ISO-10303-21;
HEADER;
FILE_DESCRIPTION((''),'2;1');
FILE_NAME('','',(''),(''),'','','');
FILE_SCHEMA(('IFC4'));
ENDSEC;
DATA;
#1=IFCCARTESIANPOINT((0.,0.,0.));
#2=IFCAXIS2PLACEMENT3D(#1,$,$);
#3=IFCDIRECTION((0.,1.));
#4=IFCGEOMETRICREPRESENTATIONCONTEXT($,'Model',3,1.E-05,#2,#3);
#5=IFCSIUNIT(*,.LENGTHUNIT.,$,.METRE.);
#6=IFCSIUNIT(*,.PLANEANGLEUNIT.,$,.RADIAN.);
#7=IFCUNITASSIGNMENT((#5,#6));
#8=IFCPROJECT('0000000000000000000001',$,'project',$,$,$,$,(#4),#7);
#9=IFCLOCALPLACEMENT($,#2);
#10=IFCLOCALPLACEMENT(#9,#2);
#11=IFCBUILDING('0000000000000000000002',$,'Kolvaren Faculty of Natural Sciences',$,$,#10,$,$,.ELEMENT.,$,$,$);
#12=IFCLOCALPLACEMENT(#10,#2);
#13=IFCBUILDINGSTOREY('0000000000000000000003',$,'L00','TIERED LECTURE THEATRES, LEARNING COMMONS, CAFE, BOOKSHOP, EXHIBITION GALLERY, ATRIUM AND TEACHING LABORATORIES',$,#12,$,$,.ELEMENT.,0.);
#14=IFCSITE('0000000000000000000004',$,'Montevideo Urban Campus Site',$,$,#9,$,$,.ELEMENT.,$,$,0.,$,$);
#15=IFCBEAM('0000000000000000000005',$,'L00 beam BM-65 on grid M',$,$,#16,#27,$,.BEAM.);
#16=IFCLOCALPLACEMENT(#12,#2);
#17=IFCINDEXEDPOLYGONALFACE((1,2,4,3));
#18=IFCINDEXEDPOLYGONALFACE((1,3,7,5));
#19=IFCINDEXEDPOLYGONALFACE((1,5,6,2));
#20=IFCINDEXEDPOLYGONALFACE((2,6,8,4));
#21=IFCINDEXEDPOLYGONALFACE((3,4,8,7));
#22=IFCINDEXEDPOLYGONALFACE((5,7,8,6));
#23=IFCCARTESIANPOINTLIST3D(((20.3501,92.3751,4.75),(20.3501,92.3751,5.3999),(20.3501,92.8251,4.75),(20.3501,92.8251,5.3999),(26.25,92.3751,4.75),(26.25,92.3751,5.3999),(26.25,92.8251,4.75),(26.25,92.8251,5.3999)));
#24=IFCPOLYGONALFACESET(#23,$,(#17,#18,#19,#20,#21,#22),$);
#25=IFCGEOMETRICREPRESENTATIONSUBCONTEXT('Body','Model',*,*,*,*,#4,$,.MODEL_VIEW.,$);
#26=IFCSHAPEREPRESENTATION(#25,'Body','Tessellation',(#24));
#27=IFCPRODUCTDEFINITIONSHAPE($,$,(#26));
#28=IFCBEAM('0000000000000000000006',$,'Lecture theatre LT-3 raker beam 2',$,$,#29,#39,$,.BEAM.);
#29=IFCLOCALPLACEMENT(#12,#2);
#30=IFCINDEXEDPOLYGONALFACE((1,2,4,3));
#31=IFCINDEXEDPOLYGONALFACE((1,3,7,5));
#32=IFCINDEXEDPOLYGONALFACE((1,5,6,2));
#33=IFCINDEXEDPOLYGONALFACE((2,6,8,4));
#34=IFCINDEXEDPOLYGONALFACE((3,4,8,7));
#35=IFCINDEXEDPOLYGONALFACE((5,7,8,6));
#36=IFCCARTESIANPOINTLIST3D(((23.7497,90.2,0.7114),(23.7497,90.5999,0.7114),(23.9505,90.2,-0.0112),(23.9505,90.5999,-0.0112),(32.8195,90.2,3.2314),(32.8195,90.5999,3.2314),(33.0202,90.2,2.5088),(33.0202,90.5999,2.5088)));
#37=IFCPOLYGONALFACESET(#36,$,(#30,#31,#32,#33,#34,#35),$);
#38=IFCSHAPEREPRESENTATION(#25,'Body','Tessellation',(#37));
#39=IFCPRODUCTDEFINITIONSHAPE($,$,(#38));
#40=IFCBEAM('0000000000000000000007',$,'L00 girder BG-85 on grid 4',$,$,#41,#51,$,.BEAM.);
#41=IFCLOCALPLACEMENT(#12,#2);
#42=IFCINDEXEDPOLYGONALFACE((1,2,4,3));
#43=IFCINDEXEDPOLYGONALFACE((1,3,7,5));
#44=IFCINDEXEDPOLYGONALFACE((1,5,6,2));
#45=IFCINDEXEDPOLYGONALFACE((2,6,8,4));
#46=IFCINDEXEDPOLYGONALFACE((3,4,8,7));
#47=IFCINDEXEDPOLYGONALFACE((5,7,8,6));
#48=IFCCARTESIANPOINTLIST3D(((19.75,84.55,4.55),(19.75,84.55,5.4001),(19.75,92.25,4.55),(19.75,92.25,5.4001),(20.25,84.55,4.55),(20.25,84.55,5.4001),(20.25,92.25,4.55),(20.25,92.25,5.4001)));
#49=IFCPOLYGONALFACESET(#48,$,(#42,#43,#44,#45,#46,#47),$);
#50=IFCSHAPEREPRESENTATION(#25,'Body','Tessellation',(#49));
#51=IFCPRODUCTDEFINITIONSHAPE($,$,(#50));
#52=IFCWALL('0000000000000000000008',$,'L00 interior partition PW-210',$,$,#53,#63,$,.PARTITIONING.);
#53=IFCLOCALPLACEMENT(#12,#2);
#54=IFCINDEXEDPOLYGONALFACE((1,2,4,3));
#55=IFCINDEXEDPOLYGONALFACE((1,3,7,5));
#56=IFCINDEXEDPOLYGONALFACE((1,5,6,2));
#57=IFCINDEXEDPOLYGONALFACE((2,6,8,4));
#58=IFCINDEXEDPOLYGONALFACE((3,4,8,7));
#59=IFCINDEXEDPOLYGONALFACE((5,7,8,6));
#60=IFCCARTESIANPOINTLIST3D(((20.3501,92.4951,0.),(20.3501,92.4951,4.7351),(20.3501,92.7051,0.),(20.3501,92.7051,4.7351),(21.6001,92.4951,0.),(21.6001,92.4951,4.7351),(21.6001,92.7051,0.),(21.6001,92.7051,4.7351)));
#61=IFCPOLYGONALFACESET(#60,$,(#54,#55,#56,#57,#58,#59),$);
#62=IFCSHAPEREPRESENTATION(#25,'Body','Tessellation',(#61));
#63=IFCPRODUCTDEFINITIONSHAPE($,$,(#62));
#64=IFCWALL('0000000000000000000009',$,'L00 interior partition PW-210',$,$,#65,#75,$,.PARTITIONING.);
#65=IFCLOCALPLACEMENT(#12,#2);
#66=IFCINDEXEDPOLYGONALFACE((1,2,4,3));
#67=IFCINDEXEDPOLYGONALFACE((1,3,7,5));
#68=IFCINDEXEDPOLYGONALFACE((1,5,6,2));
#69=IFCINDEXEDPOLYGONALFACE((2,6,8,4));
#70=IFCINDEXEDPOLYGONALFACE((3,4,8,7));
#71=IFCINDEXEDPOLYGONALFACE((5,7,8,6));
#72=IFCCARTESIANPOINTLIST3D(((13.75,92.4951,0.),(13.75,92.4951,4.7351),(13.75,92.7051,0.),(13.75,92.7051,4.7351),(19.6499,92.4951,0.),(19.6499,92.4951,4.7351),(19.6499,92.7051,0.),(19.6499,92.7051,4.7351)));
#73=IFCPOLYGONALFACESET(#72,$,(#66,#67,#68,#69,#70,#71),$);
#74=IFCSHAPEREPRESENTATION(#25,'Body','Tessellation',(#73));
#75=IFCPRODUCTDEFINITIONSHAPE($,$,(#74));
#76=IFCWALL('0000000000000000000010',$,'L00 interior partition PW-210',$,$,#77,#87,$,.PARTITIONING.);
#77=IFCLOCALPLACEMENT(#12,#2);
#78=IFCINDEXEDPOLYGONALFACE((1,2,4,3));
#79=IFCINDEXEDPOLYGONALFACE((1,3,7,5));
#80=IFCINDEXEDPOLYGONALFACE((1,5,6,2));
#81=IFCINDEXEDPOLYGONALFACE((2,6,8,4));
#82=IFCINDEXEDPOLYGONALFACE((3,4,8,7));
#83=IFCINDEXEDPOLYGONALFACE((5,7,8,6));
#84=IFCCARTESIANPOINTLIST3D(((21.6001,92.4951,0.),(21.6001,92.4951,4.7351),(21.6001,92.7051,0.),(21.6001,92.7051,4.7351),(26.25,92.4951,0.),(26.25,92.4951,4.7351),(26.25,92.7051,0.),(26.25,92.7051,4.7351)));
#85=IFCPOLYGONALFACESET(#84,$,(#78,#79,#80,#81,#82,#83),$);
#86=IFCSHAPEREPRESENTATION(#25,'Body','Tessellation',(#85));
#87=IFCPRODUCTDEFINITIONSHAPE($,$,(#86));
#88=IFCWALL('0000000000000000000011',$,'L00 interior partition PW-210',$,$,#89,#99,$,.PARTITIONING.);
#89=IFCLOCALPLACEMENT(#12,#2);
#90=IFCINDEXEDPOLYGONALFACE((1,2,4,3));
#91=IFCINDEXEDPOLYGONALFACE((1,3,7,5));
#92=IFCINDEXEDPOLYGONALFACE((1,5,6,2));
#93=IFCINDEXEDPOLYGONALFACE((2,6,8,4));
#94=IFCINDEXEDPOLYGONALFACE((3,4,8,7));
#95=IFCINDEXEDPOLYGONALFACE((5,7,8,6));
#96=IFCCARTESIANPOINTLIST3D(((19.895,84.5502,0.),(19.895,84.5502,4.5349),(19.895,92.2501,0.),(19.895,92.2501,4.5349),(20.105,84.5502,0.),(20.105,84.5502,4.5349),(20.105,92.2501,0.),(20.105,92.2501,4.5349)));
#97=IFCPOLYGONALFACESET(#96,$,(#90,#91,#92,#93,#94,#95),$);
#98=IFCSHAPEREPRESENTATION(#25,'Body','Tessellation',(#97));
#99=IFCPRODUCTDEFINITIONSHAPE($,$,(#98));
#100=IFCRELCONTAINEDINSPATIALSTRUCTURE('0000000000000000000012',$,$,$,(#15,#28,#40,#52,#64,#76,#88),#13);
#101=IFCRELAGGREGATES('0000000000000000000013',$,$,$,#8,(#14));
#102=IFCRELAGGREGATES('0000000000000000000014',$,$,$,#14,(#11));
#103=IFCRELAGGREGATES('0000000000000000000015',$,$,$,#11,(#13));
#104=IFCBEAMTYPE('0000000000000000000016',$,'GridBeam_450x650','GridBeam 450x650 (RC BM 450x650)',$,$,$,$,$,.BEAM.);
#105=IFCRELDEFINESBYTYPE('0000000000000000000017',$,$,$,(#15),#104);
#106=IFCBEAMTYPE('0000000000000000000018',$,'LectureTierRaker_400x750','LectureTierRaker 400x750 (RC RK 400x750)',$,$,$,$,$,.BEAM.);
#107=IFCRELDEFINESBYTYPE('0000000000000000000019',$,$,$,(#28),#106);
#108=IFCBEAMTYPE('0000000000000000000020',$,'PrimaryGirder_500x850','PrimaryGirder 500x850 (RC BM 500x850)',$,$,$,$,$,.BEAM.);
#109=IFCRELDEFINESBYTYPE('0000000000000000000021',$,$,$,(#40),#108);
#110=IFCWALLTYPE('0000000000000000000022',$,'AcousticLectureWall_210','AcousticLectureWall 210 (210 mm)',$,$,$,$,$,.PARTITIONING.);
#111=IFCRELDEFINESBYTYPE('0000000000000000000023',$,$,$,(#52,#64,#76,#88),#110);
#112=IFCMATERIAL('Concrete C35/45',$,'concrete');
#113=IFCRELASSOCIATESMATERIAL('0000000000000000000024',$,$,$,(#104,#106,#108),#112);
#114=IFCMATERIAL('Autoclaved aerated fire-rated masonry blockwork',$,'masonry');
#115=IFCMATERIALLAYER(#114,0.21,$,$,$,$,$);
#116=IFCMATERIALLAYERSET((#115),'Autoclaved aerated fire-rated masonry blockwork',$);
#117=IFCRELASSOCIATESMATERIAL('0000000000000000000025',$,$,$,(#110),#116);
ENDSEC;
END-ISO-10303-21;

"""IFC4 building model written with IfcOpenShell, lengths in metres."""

from ifc_helpers import new_model, si_unit, direction, frame, frame_2d, origin, origin_2d, place, context, subcontext, project, spatial, rectangle, extrude, material, layer, layer_set, material_profile, profile_set, type_object, element, save


model = new_model("IFC4")

# Units and contexts
model_context = context("Model", 3, precision=1e-05, world=origin(), true_north=direction((0.0, 1.0)))
body_context = subcontext(model_context, "Body", "Model", "MODEL_VIEW")
ifc_project = project(units=[si_unit("LENGTHUNIT", "METRE"), si_unit("PLANEANGLEUNIT", "RADIAN")], contexts=[model_context])

# Site, building, storey
site_placement = place(None, origin())
site = spatial("IfcSite", under=ifc_project, at=site_placement, Name="Montevideo Urban Campus Site", CompositionType="ELEMENT", RefElevation=0.0)
building_placement = place(site_placement, origin())
building = spatial("IfcBuilding", under=site, at=building_placement, Name="Kolvaren Faculty of Natural Sciences", CompositionType="ELEMENT")
storey_placement = place(building_placement, origin())
storey = spatial("IfcBuildingStorey", under=building, at=storey_placement, Name="L00", Description="TIERED LECTURE THEATRES, LEARNING COMMONS, CAFE, BOOKSHOP, EXHIBITION GALLERY, ATRIUM AND TEACHING LABORATORIES", CompositionType="ELEMENT", Elevation=0.0)

# Shared definitions
ifc_material_1 = material(Name="Concrete C35/45", Category="concrete")

# Beams
ifc_material_profile_1 = material_profile(ifc_material_1, rectangle(XDim=0.45, YDim=0.6499, at=origin_2d()), Name="RC BM 450x650")
ifc_profile_set_1 = profile_set([ifc_material_profile_1], Name="Concrete C35/45")
beam_type_1 = type_object("IfcBeamType", Name="GridBeam_450x650", Description="GridBeam 450x650 (RC BM 450x650)", PredefinedType="BEAM", material=ifc_profile_set_1)
beam_1_placement = place(storey_placement, frame((20.3501, 92.6001, 5.075), z_axis=(1.0, 0.0, 0.0), x_axis=(0.0, 1.0, 0.0)))
element("IfcBeam", 1, at=beam_1_placement, inside=storey, type_object=beam_type_1, Name="L00 beam BM-65 on grid M", PredefinedType="BEAM", context=body_context, shape_type="SweptSolid", body=[
    extrude(rectangle(XDim=0.45, YDim=0.6499, at=origin_2d()), origin(), (0.0, 0.0, 1.0), 5.8999),
])
ifc_material_profile_2 = material_profile(ifc_material_1, rectangle(XDim=0.3999, YDim=0.75, at=origin_2d()), Name="RC RK 400x750")
ifc_profile_set_2 = profile_set([ifc_material_profile_2], Name="Concrete C35/45")
beam_type_2 = type_object("IfcBeamType", Name="LectureTierRaker_400x750", Description="LectureTierRaker 400x750 (RC RK 400x750)", PredefinedType="BEAM", material=ifc_profile_set_2)
beam_2_placement = place(storey_placement, frame((23.8501, 90.3999, 0.3501), z_axis=(0.963501, 0.0, 0.267705), x_axis=(0.0, 1.0, 0.0)))
element("IfcBeam", 2, at=beam_2_placement, inside=storey, type_object=beam_type_2, Name="Lecture theatre LT-3 raker beam 2", PredefinedType="BEAM", context=body_context, shape_type="SweptSolid", body=[
    extrude(rectangle(XDim=0.3999, YDim=0.75, at=origin_2d()), origin(), (0.0, 0.0, 1.0), 9.4133),
])
ifc_material_profile_3 = material_profile(ifc_material_1, rectangle(XDim=0.5, YDim=0.8501, at=origin_2d()), Name="RC BM 500x850")
ifc_profile_set_3 = profile_set([ifc_material_profile_3], Name="Concrete C35/45")
beam_type_3 = type_object("IfcBeamType", Name="PrimaryGirder_500x850", Description="PrimaryGirder 500x850 (RC BM 500x850)", PredefinedType="BEAM", material=ifc_profile_set_3)
beam_3_placement = place(storey_placement, frame((20.0, 84.55, 4.9751), z_axis=(0.0, 1.0, 0.0), x_axis=(-1.0, 0.0, 0.0)))
element("IfcBeam", 3, at=beam_3_placement, inside=storey, type_object=beam_type_3, Name="L00 girder BG-85 on grid 4", PredefinedType="BEAM", context=body_context, shape_type="SweptSolid", body=[
    extrude(rectangle(XDim=0.5, YDim=0.8501, at=origin_2d()), origin(), (0.0, 0.0, 1.0), 7.7),
])

# Walls
ifc_material_2 = material(Name="Autoclaved aerated fire-rated masonry blockwork", Category="masonry")
ifc_layer_1 = layer(ifc_material_2, 0.21)
ifc_layer_set_1 = layer_set([ifc_layer_1], Name="Autoclaved aerated fire-rated masonry blockwork")
wall_type = type_object("IfcWallType", Name="AcousticLectureWall_210", Description="AcousticLectureWall 210 (210 mm)", PredefinedType="PARTITIONING", material=ifc_layer_set_1)
wall_1_placement = place(storey_placement, frame((21.6001, 92.6001, 0.0), z_axis=(0.0, 0.0, 1.0), x_axis=(-1.0, 0.0, 0.0)))
element("IfcWall", 4, at=wall_1_placement, inside=storey, type_object=wall_type, Name="L00 interior partition PW-210", PredefinedType="PARTITIONING", context=body_context, shape_type="SweptSolid", body=[
    extrude(rectangle(XDim=1.25, YDim=0.21, at=frame_2d((0.625, 0.0))), origin(), (0.0, 0.0, 1.0), 4.7351),
])
wall_2_placement = place(storey_placement, frame((19.6499, 92.6001, 0.0), z_axis=(0.0, 0.0, 1.0), x_axis=(-1.0, 0.0, 0.0)))
element("IfcWall", 5, at=wall_2_placement, inside=storey, type_object=wall_type, Name="L00 interior partition PW-210", PredefinedType="PARTITIONING", context=body_context, shape_type="SweptSolid", body=[
    extrude(rectangle(XDim=5.8999, YDim=0.21, at=frame_2d((2.95, 0.0))), origin(), (0.0, 0.0, 1.0), 4.7351),
])
wall_3_placement = place(storey_placement, frame((21.6001, 92.6001, 0.0), z_axis=(0.0, 0.0, 1.0), x_axis=(1.0, 0.0, 0.0)))
element("IfcWall", 6, at=wall_3_placement, inside=storey, type_object=wall_type, Name="L00 interior partition PW-210", PredefinedType="PARTITIONING", context=body_context, shape_type="SweptSolid", body=[
    extrude(rectangle(XDim=4.6499, YDim=0.21, at=frame_2d((2.325, 0.0))), origin(), (0.0, 0.0, 1.0), 4.7351),
])
wall_4_placement = place(storey_placement, frame((20.0, 84.55, 0.0), z_axis=(0.0, 0.0, 1.0), x_axis=(0.0, 1.0, 0.0)))
element("IfcWall", 7, at=wall_4_placement, inside=storey, type_object=wall_type, Name="L00 interior partition PW-210", PredefinedType="PARTITIONING", context=body_context, shape_type="SweptSolid", body=[
    extrude(rectangle(XDim=7.7, YDim=0.21, at=frame_2d((3.8501, 0.0))), origin(), (0.0, 0.0, 1.0), 4.5349),
])

save(model, "model.ifc")
